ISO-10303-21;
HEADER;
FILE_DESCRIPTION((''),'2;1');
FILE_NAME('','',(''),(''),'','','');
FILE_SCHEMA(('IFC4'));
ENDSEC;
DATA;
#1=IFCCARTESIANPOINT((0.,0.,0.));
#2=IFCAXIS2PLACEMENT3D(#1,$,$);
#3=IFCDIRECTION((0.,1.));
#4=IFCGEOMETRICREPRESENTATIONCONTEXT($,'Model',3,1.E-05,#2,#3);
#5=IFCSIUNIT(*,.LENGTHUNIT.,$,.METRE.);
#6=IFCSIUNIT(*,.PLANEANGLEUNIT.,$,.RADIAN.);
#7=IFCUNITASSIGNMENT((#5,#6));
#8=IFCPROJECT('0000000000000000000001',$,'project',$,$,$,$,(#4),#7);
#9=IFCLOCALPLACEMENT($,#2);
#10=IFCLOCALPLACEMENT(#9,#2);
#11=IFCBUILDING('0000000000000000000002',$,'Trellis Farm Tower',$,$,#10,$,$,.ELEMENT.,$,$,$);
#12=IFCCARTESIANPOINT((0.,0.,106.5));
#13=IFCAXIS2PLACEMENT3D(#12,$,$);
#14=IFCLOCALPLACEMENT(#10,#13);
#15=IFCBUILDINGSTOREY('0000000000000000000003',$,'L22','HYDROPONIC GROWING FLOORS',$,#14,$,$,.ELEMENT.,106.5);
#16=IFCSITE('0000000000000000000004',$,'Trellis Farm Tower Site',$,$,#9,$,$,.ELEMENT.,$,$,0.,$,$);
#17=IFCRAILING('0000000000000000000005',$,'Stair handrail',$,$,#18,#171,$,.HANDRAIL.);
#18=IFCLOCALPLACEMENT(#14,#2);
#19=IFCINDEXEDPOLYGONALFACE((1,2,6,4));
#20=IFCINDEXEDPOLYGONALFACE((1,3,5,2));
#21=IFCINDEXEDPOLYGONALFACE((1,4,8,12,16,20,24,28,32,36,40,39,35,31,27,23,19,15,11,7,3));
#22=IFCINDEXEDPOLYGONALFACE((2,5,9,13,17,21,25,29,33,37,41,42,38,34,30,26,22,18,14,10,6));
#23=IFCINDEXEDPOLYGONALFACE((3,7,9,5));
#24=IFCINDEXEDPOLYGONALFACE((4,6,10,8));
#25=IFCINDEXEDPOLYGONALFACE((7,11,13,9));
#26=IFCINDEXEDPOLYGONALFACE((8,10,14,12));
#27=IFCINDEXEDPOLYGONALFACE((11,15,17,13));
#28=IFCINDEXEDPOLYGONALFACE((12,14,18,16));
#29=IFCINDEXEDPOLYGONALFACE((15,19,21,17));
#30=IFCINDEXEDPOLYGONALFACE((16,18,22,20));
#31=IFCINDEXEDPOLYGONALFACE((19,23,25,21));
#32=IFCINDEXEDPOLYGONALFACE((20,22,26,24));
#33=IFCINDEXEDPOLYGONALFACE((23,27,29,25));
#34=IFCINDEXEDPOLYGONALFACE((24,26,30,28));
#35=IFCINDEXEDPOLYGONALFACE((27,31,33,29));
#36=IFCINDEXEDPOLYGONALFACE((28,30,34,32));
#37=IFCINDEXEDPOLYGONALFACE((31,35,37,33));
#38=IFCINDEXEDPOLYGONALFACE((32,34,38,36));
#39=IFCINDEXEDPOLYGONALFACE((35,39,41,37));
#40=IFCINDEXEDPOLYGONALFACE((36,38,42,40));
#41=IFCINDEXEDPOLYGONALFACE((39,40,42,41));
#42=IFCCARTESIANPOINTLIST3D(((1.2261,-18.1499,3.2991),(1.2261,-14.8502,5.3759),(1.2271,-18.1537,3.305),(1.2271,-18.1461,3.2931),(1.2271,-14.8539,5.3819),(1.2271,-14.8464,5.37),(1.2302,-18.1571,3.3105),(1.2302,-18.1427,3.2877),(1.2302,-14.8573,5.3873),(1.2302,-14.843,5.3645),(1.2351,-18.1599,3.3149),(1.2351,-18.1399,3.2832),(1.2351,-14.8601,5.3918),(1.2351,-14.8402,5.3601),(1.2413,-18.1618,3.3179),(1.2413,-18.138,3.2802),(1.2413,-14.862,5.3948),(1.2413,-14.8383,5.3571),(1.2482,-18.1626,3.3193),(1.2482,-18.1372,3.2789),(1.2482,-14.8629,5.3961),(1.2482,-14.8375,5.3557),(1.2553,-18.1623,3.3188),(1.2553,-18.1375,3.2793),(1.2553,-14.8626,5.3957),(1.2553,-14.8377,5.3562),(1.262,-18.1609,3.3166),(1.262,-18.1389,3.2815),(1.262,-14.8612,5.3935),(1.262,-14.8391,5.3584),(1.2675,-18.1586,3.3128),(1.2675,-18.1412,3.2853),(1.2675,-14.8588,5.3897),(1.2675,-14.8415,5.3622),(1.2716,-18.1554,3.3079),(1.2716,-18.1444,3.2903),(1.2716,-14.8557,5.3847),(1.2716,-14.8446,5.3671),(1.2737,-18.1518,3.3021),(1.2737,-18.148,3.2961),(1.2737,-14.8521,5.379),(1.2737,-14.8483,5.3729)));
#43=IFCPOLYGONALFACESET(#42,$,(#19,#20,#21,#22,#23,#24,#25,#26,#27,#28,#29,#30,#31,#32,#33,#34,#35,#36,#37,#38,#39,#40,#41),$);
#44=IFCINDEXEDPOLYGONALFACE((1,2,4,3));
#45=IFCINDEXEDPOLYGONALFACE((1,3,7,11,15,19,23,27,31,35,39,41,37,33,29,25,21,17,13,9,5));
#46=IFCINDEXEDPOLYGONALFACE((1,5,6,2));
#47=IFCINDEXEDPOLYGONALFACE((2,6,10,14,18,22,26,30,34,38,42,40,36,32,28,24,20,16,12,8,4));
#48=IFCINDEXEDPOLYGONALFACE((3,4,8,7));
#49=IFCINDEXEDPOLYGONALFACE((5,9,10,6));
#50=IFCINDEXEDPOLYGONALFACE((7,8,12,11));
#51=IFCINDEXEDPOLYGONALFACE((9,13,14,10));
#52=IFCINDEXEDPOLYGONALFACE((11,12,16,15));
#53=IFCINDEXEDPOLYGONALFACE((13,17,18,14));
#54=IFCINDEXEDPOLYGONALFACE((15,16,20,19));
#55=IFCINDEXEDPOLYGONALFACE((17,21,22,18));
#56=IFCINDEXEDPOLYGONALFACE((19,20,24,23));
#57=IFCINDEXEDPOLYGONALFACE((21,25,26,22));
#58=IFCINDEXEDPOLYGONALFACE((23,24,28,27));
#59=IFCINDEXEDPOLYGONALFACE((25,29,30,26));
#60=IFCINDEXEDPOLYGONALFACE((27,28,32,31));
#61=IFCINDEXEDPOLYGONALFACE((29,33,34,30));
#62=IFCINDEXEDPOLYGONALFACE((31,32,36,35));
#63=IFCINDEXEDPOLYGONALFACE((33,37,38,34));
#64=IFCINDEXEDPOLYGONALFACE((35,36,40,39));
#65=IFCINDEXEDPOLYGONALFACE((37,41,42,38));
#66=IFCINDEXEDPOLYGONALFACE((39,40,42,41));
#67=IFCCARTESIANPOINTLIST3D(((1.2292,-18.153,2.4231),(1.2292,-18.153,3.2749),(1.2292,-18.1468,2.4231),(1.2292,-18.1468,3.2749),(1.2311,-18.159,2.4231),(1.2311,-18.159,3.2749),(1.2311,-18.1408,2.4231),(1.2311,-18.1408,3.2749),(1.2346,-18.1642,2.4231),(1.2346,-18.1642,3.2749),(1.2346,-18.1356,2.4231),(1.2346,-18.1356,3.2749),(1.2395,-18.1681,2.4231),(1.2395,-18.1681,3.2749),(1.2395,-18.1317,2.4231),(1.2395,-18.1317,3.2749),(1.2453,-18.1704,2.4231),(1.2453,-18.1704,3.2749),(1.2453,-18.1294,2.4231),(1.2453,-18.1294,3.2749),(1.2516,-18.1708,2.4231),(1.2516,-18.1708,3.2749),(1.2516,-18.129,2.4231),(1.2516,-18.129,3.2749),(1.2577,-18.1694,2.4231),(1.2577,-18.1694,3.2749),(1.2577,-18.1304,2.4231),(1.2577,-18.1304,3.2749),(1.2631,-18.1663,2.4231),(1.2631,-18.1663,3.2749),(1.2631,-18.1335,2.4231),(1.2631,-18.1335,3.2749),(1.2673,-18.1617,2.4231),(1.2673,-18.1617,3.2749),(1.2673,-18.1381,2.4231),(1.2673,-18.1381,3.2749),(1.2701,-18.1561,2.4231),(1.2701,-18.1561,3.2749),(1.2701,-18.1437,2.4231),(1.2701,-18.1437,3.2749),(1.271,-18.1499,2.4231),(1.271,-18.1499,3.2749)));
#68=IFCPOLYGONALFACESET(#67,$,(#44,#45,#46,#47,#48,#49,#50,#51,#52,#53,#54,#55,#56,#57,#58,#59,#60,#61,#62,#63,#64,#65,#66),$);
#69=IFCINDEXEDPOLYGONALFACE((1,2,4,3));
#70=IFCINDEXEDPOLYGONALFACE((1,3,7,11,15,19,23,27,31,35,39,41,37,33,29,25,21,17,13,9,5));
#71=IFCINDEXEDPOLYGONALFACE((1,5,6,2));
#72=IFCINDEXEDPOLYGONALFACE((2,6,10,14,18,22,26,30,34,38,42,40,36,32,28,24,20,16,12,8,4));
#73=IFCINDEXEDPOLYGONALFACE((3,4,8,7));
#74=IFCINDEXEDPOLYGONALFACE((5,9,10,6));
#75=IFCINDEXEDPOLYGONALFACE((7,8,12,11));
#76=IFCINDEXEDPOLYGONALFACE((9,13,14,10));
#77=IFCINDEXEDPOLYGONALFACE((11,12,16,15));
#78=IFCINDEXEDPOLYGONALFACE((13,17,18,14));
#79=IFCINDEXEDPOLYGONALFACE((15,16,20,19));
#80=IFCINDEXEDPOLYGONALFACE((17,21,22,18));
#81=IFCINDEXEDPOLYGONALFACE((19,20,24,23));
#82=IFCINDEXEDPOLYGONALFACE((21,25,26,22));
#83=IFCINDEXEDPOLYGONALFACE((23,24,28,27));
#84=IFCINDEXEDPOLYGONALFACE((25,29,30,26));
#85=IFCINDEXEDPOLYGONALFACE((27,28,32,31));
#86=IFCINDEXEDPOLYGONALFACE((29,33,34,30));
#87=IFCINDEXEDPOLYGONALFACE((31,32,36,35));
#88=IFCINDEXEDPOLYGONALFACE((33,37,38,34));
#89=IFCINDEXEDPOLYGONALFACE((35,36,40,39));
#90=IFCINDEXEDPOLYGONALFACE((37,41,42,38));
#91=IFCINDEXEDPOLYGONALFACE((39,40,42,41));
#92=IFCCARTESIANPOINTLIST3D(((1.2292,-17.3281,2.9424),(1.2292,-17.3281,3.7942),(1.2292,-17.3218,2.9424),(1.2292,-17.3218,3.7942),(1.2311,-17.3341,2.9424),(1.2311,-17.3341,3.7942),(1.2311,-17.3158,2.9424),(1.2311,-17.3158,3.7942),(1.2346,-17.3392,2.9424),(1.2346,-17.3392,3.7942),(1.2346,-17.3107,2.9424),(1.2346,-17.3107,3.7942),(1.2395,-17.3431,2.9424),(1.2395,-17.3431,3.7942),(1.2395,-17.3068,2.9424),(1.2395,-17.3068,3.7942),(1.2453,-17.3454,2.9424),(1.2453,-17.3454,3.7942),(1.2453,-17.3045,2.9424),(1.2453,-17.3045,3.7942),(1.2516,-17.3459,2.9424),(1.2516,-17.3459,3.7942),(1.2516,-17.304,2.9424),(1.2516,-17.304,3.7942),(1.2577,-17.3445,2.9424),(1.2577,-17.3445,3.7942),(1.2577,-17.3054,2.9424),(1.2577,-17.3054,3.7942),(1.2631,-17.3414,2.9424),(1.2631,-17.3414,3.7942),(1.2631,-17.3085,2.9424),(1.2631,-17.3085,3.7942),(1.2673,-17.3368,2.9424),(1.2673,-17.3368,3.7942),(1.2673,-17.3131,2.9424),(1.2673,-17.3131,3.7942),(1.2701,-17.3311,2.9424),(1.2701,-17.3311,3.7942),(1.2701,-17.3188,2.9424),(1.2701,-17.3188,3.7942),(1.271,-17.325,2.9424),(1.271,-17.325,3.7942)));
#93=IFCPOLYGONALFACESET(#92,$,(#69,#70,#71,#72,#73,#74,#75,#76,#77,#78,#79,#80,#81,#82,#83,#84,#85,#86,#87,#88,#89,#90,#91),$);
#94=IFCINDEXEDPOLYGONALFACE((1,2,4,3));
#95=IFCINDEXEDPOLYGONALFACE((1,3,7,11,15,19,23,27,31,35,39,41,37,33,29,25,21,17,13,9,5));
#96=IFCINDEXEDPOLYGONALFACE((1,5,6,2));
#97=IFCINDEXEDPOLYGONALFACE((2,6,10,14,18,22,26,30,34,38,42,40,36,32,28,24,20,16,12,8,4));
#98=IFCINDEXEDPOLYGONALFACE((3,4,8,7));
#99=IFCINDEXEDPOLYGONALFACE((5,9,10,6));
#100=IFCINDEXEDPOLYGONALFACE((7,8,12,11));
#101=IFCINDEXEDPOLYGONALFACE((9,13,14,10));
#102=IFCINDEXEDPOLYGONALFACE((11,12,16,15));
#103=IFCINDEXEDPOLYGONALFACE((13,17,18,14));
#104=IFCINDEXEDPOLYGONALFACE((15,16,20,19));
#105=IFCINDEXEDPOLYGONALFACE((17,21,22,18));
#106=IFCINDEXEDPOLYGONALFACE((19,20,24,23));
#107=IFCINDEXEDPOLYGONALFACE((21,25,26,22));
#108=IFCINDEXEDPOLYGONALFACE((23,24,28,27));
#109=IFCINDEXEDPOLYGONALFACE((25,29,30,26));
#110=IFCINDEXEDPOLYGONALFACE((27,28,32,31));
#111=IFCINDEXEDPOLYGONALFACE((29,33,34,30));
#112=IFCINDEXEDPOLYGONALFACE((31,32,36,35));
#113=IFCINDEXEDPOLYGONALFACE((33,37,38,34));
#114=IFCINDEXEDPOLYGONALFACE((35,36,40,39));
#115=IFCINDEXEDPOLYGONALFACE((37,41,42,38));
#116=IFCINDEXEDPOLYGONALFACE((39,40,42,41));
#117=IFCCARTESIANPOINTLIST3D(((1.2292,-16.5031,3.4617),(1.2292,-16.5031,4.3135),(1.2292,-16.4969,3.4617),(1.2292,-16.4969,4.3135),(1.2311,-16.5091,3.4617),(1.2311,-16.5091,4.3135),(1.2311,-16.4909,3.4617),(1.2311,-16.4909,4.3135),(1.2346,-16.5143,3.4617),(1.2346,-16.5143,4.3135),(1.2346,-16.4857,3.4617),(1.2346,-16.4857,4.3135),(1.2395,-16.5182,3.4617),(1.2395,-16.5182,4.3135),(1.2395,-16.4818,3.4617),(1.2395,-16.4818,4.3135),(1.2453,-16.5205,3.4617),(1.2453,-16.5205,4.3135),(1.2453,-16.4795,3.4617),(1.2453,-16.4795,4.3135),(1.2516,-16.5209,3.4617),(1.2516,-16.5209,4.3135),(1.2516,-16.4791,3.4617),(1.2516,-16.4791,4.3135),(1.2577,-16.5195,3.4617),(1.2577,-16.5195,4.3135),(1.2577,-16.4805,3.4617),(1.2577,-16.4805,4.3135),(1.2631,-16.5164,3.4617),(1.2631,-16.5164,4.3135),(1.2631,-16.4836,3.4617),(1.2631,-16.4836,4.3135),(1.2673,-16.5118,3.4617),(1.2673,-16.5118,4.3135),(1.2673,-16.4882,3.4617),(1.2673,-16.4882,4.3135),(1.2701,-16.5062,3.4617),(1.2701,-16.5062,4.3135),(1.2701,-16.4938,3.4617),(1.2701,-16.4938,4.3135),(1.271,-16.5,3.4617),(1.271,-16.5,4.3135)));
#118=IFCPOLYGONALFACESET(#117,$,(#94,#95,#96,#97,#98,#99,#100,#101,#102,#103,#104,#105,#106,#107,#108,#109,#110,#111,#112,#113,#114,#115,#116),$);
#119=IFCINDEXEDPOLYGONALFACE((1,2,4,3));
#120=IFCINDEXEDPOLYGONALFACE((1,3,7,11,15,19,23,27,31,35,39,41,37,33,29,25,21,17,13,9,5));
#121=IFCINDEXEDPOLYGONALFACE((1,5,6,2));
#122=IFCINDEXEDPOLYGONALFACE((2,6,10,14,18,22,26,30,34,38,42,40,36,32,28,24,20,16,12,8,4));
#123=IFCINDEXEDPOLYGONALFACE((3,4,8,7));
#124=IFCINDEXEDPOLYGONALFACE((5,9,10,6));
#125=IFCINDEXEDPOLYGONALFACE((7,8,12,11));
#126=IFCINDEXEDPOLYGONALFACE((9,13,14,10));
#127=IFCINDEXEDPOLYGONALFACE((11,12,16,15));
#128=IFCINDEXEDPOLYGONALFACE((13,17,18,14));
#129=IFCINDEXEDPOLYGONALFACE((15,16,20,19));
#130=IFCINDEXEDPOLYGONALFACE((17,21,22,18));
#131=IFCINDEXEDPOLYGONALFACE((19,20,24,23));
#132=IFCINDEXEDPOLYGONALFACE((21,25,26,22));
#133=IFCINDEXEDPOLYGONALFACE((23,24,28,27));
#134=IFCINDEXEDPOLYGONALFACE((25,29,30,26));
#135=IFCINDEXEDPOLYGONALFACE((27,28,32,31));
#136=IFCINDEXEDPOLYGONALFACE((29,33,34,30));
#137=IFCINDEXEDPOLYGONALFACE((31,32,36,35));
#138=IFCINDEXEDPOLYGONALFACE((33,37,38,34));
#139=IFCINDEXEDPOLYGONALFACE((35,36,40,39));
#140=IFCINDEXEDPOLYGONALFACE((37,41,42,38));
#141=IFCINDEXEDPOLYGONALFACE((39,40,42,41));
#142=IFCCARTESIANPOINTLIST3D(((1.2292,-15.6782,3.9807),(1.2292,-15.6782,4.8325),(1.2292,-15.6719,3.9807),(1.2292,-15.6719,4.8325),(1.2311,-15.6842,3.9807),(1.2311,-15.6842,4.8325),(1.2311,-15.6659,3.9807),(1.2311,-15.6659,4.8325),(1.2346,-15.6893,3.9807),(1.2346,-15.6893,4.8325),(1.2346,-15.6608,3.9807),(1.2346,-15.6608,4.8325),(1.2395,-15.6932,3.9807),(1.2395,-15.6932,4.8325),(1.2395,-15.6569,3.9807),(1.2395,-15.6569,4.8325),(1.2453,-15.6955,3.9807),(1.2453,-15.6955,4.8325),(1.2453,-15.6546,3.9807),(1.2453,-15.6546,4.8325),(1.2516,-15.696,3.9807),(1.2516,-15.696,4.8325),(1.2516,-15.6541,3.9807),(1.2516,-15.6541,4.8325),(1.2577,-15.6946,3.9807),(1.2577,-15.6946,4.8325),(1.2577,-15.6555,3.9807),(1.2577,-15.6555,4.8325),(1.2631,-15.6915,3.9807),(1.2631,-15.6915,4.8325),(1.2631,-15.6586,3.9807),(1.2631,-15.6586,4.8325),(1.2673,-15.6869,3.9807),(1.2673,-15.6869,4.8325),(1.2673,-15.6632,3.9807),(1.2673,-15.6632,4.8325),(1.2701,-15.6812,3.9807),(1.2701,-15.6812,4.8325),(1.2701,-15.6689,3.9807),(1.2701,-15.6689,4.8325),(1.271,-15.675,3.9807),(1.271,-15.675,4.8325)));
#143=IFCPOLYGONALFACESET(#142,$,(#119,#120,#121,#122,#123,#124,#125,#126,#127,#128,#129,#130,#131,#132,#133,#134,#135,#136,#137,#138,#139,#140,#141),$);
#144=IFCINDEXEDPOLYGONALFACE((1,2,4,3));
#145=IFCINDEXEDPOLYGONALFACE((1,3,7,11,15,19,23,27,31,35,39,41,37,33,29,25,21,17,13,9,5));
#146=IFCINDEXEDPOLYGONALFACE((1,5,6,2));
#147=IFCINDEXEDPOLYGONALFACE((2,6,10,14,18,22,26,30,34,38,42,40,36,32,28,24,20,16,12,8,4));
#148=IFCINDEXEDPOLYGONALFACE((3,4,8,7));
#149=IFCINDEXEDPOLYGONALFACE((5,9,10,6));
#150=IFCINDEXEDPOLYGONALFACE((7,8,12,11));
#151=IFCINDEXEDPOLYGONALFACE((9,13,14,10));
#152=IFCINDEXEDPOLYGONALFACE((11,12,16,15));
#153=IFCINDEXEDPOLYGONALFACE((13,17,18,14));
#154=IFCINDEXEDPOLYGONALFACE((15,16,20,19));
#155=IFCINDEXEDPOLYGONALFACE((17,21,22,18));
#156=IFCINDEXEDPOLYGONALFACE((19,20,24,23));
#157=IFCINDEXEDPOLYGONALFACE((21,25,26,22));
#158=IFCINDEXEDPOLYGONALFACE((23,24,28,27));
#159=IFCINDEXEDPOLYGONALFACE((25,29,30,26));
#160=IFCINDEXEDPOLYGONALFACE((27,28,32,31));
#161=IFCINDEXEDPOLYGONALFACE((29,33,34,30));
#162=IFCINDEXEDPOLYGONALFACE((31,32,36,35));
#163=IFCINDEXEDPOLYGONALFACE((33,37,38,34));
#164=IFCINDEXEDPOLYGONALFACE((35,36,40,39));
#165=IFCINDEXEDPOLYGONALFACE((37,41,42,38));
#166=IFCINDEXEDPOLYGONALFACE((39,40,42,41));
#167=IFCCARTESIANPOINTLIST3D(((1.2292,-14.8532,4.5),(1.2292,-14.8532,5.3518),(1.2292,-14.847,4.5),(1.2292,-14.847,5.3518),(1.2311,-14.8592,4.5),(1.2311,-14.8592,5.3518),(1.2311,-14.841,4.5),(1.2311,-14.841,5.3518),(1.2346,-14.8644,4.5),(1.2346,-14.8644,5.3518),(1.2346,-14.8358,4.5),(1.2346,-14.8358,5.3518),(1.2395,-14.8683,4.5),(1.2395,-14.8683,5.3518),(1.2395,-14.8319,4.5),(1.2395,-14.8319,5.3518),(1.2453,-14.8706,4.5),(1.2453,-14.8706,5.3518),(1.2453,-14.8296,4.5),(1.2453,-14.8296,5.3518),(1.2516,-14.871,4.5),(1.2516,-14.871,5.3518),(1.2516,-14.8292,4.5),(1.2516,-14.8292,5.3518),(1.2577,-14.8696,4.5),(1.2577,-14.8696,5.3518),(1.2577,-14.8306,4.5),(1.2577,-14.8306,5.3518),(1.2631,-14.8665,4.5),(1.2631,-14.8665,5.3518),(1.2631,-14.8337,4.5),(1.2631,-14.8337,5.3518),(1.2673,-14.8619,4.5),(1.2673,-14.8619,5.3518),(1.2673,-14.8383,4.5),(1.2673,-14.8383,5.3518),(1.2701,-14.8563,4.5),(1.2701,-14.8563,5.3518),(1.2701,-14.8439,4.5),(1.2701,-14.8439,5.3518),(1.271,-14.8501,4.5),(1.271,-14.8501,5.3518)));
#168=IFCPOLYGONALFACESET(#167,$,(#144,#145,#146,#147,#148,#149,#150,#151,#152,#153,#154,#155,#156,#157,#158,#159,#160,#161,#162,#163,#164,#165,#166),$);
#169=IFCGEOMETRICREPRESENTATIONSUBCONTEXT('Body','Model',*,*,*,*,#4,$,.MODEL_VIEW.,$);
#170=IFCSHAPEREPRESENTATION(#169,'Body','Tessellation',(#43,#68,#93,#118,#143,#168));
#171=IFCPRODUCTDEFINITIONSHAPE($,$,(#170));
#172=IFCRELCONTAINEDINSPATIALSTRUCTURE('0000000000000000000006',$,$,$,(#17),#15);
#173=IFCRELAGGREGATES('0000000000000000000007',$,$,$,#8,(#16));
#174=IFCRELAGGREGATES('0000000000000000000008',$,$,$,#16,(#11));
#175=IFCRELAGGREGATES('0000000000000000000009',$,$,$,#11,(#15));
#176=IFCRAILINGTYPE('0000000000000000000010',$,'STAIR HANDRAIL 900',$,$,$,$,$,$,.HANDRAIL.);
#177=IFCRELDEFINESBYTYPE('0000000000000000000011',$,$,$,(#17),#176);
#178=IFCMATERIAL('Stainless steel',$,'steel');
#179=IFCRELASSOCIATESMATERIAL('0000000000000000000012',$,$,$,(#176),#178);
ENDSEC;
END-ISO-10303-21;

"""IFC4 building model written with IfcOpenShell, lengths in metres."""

from ifc_helpers import new_model, si_unit, direction, frame, origin, origin_2d, place, context, subcontext, project, spatial, circle, extrude, source, transform, mapped, material, type_object, element, save


model = new_model("IFC4")

# Units and contexts
model_context = context("Model", 3, precision=1e-05, world=origin(), true_north=direction((0.0, 1.0)))
body_context = subcontext(model_context, "Body", "Model", "MODEL_VIEW")
ifc_project = project(units=[si_unit("LENGTHUNIT", "METRE"), si_unit("PLANEANGLEUNIT", "RADIAN")], contexts=[model_context])

# Site, building, storey
site_placement = place(None, origin())
site = spatial("IfcSite", under=ifc_project, at=site_placement, Name="Trellis Farm Tower Site", CompositionType="ELEMENT", RefElevation=0.0)
building_placement = place(site_placement, origin())
building = spatial("IfcBuilding", under=site, at=building_placement, Name="Trellis Farm Tower", CompositionType="ELEMENT")
storey_placement = place(building_placement, frame((0.0, 0.0, 106.5)))
storey = spatial("IfcBuildingStorey", under=building, at=storey_placement, Name="L22", Description="HYDROPONIC GROWING FLOORS", CompositionType="ELEMENT", Elevation=106.5)

# Railing
ifc_material_1 = material(Name="Stainless steel", Category="steel")
railing_type = type_object("IfcRailingType", Name="STAIR HANDRAIL 900", PredefinedType="HANDRAIL", material=ifc_material_1)
shared_shape_1 = source(origin(), body_context, "Body", "SweptSolid", [
    extrude(circle(Radius=0.0239, at=origin_2d()), frame((0.0, 0.0, 0.876), z_axis=(0.0, 0.84632, 0.532675), x_axis=(-1.0, 0.0, 0.0)), (0.0, 0.0, 1.0), 3.8989),
    extrude(circle(Radius=0.021, at=origin_2d()), origin(), (0.0, 0.0, 1.0), 0.8518),
    extrude(circle(Radius=0.021, at=origin_2d()), frame((0.0, 0.825, 0.5193)), (0.0, 0.0, 1.0), 0.8518),
    extrude(circle(Radius=0.021, at=origin_2d()), frame((0.0, 1.6499, 1.0386)), (0.0, 0.0, 1.0), 0.8518),
    extrude(circle(Radius=0.021, at=origin_2d()), frame((0.0, 2.4749, 1.5576)), (0.0, 0.0, 1.0), 0.8518),
    extrude(circle(Radius=0.021, at=origin_2d()), frame((0.0, 3.2998, 2.0769)), (0.0, 0.0, 1.0), 0.8518),
])
railing_placement = place(storey_placement, frame((1.25, -18.1499, 2.4231)))
element("IfcRailing", 1, at=railing_placement, inside=storey, type_object=railing_type, Name="Stair handrail", PredefinedType="HANDRAIL", context=body_context, shape_type="MappedRepresentation", body=[
    mapped(shared_shape_1, transform((0.0, 0.0, 0.0))),
])

save(model, "model.ifc")
